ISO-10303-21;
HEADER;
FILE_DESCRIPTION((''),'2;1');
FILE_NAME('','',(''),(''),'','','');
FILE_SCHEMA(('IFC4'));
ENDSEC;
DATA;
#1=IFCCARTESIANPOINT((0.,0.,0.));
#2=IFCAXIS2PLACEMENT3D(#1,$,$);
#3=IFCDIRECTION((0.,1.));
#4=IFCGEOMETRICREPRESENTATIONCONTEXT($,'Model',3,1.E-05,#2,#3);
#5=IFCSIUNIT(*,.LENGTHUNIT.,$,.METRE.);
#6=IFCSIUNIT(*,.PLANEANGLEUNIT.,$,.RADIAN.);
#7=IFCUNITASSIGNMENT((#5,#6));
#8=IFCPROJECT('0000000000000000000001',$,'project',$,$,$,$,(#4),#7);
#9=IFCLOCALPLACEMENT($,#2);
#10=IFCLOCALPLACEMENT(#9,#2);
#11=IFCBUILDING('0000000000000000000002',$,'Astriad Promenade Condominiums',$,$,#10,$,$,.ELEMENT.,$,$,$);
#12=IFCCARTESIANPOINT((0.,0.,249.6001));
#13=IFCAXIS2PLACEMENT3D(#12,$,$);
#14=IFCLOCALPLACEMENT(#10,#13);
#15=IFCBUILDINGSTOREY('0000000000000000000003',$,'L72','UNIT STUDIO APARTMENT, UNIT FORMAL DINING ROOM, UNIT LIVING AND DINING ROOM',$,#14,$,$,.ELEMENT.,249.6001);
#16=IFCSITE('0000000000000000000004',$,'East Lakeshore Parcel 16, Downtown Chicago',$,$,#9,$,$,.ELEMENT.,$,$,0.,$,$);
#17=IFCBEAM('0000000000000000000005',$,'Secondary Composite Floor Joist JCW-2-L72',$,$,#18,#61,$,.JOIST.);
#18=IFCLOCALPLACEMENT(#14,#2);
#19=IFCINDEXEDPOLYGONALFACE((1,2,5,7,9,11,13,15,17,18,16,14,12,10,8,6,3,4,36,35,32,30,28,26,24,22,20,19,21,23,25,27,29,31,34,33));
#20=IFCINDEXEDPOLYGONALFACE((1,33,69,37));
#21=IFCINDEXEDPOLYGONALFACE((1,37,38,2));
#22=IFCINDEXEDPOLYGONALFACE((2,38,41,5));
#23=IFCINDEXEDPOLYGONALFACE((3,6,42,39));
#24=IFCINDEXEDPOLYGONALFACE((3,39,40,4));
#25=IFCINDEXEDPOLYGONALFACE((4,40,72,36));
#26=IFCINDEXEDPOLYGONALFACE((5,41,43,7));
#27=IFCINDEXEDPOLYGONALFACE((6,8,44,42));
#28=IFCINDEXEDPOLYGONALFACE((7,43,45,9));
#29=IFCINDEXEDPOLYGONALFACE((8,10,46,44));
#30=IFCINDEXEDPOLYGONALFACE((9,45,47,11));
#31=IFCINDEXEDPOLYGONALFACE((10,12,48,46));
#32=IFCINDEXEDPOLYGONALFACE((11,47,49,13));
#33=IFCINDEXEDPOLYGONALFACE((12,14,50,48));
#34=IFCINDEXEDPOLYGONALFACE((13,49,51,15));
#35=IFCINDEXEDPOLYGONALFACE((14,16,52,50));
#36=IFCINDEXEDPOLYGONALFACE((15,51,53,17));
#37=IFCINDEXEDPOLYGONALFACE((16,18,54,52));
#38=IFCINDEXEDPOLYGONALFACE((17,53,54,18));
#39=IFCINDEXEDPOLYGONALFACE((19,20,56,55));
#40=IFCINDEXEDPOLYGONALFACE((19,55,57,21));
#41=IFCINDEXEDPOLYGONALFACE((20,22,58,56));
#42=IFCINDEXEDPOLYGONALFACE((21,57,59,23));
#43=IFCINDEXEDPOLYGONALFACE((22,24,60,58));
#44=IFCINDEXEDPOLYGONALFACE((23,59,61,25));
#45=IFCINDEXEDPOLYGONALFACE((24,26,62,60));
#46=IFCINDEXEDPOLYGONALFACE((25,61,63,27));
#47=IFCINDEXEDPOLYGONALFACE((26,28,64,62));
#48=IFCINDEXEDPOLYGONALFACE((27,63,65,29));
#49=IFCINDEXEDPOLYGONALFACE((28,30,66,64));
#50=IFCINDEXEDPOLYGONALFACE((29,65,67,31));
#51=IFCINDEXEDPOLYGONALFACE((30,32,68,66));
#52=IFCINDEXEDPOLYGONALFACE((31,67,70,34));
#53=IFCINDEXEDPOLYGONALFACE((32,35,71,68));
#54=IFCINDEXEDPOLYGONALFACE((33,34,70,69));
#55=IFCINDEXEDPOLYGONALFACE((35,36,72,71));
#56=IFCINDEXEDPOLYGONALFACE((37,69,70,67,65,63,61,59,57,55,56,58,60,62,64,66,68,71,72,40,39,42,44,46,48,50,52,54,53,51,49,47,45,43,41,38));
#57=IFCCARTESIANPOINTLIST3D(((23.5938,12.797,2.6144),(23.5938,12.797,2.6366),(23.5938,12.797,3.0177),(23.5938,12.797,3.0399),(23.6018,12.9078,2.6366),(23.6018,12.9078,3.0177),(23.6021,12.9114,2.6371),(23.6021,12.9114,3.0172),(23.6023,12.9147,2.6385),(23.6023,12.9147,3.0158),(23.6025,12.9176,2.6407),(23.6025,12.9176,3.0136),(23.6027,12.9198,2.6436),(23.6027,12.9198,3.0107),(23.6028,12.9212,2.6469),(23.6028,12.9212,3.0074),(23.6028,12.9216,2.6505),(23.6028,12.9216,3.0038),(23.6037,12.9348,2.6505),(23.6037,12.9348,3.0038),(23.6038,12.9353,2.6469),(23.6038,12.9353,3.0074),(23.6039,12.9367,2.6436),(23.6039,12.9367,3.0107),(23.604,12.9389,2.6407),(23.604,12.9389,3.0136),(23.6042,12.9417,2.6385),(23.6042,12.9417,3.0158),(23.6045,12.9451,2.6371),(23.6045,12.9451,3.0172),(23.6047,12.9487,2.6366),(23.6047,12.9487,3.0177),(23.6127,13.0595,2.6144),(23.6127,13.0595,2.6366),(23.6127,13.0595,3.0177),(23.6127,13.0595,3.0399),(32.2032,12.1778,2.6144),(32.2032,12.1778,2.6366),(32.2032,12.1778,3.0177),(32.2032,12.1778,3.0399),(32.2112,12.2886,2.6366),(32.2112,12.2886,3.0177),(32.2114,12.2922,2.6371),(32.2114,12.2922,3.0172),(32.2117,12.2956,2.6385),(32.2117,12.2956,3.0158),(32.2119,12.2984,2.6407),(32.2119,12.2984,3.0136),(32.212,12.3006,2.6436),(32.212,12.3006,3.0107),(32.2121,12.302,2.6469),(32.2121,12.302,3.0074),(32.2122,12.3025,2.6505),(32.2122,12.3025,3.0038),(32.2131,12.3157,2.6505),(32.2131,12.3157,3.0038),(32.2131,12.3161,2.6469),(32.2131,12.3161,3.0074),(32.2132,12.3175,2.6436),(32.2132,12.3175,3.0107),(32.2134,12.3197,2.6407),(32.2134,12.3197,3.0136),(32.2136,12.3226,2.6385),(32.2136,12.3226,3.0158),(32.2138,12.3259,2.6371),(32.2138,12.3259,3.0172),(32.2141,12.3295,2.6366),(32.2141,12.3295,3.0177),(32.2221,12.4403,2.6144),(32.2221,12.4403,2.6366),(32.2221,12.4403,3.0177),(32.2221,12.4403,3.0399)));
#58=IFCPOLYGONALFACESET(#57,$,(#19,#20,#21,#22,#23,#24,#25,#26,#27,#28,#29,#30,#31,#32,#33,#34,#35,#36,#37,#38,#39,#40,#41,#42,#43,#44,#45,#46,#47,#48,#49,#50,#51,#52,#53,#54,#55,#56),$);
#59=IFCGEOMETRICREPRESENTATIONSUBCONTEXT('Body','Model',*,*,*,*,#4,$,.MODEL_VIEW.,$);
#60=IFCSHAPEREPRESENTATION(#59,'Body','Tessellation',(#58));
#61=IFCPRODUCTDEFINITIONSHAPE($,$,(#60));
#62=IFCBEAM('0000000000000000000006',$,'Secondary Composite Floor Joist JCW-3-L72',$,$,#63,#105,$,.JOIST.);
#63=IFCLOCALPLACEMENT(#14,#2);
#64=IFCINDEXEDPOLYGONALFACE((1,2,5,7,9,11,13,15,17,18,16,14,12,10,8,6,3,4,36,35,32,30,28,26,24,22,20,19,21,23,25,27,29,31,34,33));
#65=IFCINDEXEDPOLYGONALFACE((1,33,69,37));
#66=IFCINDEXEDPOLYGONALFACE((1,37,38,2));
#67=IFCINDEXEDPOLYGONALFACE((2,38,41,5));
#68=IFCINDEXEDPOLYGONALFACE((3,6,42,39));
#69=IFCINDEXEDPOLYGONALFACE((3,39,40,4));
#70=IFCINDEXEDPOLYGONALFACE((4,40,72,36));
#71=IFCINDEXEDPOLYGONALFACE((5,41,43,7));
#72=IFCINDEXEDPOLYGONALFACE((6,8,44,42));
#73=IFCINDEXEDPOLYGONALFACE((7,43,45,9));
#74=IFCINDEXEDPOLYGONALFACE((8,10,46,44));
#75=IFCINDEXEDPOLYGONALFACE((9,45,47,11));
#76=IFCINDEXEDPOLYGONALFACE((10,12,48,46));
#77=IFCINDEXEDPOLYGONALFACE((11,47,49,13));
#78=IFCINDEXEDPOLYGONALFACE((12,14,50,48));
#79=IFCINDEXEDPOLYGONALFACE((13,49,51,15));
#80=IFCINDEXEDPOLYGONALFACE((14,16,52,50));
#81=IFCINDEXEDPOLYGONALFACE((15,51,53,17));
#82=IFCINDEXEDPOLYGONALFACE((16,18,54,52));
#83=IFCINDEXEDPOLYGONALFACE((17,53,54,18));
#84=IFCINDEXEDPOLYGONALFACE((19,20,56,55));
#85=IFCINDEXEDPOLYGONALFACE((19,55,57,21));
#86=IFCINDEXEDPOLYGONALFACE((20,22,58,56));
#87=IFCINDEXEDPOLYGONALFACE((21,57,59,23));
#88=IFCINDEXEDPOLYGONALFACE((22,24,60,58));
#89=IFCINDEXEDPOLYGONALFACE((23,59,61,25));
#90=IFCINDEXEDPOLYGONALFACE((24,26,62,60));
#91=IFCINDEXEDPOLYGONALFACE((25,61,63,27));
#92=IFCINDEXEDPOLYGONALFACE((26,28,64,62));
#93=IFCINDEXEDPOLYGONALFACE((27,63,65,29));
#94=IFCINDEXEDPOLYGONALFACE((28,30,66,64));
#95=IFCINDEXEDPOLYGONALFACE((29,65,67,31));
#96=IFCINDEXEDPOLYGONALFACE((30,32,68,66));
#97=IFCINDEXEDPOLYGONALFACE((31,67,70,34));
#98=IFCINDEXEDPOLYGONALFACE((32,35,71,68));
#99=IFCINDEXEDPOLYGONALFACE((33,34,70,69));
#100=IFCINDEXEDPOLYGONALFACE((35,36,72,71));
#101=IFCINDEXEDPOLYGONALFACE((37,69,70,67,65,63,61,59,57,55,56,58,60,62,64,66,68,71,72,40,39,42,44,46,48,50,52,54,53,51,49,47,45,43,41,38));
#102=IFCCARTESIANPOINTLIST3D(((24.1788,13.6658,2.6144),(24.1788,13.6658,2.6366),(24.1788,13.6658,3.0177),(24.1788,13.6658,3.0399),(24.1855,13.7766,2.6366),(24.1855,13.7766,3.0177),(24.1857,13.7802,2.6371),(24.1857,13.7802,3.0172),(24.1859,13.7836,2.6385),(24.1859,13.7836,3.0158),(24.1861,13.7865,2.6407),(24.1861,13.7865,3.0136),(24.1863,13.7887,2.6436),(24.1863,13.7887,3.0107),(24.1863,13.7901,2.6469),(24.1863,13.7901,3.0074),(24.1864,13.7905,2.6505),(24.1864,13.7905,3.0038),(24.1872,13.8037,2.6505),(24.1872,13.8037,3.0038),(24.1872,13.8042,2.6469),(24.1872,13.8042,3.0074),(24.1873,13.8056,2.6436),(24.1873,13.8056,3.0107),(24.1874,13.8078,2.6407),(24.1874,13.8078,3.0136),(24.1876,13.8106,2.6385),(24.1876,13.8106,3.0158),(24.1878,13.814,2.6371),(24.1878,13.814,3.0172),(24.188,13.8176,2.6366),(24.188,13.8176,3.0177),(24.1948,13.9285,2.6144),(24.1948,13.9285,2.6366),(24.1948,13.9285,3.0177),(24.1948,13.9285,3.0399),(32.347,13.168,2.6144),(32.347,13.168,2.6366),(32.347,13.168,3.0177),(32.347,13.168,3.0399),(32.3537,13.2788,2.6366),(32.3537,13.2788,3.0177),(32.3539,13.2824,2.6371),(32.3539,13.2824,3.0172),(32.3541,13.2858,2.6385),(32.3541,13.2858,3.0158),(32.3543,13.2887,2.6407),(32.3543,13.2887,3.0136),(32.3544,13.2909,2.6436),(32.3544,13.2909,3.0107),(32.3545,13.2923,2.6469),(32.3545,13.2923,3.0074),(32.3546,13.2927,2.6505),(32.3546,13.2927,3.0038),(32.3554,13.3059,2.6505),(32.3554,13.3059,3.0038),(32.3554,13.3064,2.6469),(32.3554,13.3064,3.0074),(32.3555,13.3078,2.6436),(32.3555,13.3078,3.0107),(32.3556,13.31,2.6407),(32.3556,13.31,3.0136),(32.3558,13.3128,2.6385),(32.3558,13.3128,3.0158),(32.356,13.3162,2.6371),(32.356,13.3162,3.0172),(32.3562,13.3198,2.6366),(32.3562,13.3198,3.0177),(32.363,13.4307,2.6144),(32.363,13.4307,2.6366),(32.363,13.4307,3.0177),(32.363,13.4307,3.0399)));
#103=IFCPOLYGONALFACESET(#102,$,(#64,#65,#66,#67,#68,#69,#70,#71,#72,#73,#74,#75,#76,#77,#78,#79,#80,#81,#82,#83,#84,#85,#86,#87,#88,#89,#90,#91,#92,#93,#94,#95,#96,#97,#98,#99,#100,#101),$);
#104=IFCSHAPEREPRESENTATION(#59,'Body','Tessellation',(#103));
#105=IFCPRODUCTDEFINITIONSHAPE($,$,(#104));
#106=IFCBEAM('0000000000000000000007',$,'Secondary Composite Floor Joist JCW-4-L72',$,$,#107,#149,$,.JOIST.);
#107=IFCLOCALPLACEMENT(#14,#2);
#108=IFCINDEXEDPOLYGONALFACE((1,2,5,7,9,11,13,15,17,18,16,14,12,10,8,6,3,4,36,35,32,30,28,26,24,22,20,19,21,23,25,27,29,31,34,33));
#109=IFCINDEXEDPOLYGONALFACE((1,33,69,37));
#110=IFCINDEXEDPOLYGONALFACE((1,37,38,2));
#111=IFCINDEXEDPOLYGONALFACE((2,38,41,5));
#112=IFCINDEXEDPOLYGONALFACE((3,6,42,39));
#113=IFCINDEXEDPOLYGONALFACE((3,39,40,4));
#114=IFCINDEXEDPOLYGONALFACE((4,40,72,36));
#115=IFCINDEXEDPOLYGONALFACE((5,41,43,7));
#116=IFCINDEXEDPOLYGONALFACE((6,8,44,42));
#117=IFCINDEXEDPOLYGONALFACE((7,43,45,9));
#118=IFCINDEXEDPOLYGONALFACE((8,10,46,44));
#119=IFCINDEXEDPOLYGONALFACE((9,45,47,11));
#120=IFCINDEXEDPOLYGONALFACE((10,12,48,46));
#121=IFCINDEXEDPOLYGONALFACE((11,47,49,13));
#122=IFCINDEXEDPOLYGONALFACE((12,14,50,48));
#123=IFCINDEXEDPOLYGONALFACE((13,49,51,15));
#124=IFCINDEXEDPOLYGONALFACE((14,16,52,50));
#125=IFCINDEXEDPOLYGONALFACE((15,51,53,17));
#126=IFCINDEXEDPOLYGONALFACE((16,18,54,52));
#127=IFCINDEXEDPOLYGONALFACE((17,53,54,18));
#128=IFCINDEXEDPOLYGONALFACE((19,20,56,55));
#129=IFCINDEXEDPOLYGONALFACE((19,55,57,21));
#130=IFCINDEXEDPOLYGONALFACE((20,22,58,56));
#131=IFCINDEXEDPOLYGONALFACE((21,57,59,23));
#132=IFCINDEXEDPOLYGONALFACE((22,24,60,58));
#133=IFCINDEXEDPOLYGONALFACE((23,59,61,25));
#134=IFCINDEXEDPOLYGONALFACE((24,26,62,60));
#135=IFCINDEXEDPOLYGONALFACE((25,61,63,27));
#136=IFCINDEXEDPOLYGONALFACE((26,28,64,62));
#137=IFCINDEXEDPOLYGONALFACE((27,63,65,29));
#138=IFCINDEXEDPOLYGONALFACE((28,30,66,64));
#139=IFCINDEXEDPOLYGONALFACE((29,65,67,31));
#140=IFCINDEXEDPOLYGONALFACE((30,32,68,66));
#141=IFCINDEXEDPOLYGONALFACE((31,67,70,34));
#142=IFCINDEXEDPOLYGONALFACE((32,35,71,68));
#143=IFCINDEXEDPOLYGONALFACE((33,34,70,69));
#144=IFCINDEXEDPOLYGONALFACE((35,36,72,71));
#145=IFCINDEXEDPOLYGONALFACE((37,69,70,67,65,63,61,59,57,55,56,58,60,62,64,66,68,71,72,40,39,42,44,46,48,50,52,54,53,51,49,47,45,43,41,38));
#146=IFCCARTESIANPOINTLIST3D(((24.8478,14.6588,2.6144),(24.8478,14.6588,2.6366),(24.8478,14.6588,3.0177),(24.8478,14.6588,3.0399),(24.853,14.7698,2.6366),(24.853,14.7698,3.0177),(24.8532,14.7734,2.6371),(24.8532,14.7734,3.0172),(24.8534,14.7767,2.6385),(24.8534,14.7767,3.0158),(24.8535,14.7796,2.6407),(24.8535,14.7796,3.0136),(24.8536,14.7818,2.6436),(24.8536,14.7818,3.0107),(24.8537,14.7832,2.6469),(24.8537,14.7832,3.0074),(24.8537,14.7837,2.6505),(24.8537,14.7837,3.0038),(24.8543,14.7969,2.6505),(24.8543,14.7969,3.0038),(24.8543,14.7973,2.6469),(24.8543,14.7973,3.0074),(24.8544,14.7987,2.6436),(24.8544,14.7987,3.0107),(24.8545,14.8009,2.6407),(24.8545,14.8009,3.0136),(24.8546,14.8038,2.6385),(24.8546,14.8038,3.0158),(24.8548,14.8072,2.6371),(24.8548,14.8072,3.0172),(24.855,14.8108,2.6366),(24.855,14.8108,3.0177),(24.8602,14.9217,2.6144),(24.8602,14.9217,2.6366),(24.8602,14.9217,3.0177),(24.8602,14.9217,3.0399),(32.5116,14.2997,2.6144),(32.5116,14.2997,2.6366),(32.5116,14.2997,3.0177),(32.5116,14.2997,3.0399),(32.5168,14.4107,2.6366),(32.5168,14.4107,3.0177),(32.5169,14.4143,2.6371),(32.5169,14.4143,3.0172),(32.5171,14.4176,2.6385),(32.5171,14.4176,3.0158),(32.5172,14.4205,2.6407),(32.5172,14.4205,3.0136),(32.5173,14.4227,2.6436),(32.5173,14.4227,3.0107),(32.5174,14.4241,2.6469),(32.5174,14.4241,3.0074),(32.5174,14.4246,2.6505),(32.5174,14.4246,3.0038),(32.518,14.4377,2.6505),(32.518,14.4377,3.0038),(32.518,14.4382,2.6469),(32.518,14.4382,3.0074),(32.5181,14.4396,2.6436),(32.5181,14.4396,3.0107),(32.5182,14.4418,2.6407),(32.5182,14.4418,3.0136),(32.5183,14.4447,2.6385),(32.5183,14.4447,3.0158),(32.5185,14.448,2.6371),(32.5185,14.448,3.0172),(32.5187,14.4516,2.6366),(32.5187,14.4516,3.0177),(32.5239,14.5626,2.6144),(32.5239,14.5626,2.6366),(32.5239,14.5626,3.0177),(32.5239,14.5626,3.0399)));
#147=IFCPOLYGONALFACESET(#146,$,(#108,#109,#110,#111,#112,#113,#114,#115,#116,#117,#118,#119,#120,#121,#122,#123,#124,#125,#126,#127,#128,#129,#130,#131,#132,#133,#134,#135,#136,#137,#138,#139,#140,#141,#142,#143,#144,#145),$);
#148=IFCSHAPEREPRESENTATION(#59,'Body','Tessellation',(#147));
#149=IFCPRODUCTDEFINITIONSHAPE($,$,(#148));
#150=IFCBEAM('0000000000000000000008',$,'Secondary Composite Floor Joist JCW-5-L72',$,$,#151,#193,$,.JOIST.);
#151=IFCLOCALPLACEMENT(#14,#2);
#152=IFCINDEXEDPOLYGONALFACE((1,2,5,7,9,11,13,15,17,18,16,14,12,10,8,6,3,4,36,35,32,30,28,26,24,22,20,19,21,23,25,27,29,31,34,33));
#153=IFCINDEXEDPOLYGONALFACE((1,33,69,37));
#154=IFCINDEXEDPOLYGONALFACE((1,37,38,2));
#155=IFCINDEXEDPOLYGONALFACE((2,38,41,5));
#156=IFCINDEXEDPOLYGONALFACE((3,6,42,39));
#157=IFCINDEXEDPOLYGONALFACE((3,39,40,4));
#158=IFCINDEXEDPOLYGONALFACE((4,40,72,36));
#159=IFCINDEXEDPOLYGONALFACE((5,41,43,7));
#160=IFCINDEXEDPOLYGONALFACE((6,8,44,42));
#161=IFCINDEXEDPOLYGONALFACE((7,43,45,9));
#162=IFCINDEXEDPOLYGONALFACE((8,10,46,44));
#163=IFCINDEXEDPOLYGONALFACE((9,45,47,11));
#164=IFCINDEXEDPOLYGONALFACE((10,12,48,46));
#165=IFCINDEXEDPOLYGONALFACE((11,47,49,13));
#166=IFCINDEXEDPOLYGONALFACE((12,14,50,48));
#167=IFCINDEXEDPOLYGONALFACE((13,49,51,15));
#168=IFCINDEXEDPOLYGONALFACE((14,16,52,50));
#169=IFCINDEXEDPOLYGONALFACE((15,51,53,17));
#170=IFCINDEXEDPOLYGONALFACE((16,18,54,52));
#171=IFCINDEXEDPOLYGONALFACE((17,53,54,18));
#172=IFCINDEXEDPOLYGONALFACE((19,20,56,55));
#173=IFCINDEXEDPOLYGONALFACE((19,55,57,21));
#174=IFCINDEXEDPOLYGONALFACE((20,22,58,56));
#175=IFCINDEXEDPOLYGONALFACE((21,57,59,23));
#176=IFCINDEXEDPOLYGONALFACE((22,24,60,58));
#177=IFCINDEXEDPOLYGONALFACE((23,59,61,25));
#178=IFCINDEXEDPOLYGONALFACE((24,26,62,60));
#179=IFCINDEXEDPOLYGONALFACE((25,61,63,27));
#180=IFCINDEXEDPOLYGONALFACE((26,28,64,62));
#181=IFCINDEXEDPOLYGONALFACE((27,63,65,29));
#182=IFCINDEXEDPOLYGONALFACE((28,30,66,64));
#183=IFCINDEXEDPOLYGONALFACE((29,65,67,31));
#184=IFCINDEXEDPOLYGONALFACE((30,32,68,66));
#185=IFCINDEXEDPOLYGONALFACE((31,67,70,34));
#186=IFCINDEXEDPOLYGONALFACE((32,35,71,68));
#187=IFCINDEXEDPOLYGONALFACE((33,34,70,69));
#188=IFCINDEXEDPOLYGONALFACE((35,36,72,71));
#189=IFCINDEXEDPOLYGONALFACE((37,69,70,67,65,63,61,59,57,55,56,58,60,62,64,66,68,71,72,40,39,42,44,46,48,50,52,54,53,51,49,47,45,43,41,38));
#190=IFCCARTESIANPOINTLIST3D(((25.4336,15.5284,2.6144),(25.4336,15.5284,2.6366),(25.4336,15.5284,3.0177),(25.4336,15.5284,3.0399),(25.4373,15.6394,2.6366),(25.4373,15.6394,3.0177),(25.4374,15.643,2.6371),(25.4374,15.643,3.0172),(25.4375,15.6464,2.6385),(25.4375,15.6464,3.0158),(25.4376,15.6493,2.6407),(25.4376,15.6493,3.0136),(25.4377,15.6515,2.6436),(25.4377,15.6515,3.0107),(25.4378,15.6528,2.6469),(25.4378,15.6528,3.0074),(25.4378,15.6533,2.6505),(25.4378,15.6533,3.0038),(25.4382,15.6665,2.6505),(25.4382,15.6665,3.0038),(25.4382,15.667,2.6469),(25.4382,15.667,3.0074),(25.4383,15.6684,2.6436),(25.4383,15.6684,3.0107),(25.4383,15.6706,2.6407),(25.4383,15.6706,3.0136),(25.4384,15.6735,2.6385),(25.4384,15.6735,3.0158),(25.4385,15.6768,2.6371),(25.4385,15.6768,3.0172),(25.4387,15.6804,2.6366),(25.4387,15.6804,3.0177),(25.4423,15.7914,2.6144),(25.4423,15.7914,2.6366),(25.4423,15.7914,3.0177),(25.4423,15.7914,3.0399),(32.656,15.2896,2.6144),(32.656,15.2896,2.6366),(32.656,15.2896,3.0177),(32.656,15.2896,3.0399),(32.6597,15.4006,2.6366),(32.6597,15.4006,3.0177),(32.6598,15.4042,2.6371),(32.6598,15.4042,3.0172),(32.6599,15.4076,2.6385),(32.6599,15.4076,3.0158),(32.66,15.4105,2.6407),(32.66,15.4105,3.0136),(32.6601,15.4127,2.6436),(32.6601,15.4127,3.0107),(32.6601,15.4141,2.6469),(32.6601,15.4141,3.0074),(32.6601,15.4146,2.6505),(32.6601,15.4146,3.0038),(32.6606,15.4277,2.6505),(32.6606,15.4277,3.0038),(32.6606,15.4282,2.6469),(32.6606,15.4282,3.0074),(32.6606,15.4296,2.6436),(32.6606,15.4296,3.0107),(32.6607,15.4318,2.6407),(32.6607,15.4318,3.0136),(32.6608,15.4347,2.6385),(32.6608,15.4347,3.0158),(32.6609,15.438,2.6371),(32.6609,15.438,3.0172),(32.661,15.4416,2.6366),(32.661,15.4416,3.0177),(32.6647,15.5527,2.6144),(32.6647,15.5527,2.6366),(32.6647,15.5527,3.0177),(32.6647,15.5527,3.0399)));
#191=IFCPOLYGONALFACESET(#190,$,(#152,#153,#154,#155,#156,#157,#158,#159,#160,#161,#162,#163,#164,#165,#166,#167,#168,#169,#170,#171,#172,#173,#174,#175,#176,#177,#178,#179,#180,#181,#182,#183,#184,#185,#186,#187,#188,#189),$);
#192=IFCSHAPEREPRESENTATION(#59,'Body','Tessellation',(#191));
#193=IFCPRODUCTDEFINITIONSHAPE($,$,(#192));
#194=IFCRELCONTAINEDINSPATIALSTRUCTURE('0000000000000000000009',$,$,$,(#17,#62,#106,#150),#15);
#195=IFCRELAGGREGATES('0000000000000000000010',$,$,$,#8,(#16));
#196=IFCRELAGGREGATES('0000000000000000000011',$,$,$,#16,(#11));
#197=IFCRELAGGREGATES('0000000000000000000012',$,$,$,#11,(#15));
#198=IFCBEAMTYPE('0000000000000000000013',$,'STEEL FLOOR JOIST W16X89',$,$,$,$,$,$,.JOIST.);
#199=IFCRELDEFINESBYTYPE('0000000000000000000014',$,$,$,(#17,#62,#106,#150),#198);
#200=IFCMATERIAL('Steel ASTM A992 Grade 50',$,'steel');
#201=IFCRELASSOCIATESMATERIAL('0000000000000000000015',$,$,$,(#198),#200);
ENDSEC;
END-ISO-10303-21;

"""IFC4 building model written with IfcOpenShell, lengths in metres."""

from ifc_helpers import new_model, si_unit, direction, frame, origin, origin_2d, place, context, subcontext, project, spatial, i_section, extrude, source, transform, mapped, material, material_profile, profile_set, type_object, element, save


model = new_model("IFC4")

# Units and contexts
model_context = context("Model", 3, precision=1e-05, world=origin(), true_north=direction((0.0, 1.0)))
body_context = subcontext(model_context, "Body", "Model", "MODEL_VIEW")
ifc_project = project(units=[si_unit("LENGTHUNIT", "METRE"), si_unit("PLANEANGLEUNIT", "RADIAN")], contexts=[model_context])

# Site, building, storey
site_placement = place(None, origin())
site = spatial("IfcSite", under=ifc_project, at=site_placement, Name="East Lakeshore Parcel 16, Downtown Chicago", CompositionType="ELEMENT", RefElevation=0.0)
building_placement = place(site_placement, origin())
building = spatial("IfcBuilding", under=site, at=building_placement, Name="Astriad Promenade Condominiums", CompositionType="ELEMENT")
storey_placement = place(building_placement, frame((0.0, 0.0, 249.6001)))
storey = spatial("IfcBuildingStorey", under=building, at=storey_placement, Name="L72", Description="UNIT STUDIO APARTMENT, UNIT FORMAL DINING ROOM, UNIT LIVING AND DINING ROOM", CompositionType="ELEMENT", Elevation=249.6001)

# Beams
ifc_material_1 = material(Name="Steel ASTM A992 Grade 50", Category="steel")
ifc_material_profile_1 = material_profile(ifc_material_1, i_section(OverallWidth=0.2632, OverallDepth=0.4255, WebThickness=0.0132, FlangeThickness=0.0222, FilletRadius=0.0139, at=origin_2d()), Name="W16X89")
ifc_profile_set_1 = profile_set([ifc_material_profile_1], Name="Steel ASTM A992 Grade 50")
beam_type_1 = type_object("IfcBeamType", Name="STEEL FLOOR JOIST W16X89", PredefinedType="JOIST", material=ifc_profile_set_1)
shared_shape_1 = source(origin(), body_context, "Body", "SweptSolid", [
    extrude(i_section(OverallWidth=0.2632, OverallDepth=0.4255, WebThickness=0.0132, FlangeThickness=0.0222, FilletRadius=0.0139, at=origin_2d()), origin(), (0.0, 0.0, 1.0), 8.6316),
])
beam_1_placement = place(storey_placement, frame((23.6033, 12.9282, 2.8271), z_axis=(0.997424, -0.071729, 0.0), x_axis=(0.071729, 0.997424, 0.0)))
element("IfcBeam", 1, at=beam_1_placement, inside=storey, type_object=beam_type_1, Name="Secondary Composite Floor Joist JCW-2-L72", PredefinedType="JOIST", context=body_context, shape_type="MappedRepresentation", body=[
    mapped(shared_shape_1, transform((0.0, 0.0, 0.0), scale=1.0)),
])
shared_shape_2 = source(origin(), body_context, "Body", "SweptSolid", [
    extrude(i_section(OverallWidth=0.2632, OverallDepth=0.4255, WebThickness=0.0132, FlangeThickness=0.0222, FilletRadius=0.0139, at=origin_2d()), origin(), (0.0, 0.0, 1.0), 8.1833),
])
beam_2_placement = place(storey_placement, frame((24.1868, 13.7971, 2.8271), z_axis=(0.998148, -0.060831, 0.0), x_axis=(0.060831, 0.998148, 0.0)))
element("IfcBeam", 2, at=beam_2_placement, inside=storey, type_object=beam_type_1, Name="Secondary Composite Floor Joist JCW-3-L72", PredefinedType="JOIST", context=body_context, shape_type="MappedRepresentation", body=[
    mapped(shared_shape_2, transform((0.0, 0.0, 0.0), scale=1.0)),
])
shared_shape_3 = source(origin(), body_context, "Body", "SweptSolid", [
    extrude(i_section(OverallWidth=0.2632, OverallDepth=0.4255, WebThickness=0.0132, FlangeThickness=0.0222, FilletRadius=0.0139, at=origin_2d()), origin(), (0.0, 0.0, 1.0), 7.6721),
])
beam_3_placement = place(storey_placement, frame((24.854, 14.7903, 2.8271), z_axis=(0.998904, -0.046809, 0.0), x_axis=(0.046809, 0.998904, 0.0)))
element("IfcBeam", 3, at=beam_3_placement, inside=storey, type_object=beam_type_1, Name="Secondary Composite Floor Joist JCW-4-L72", PredefinedType="JOIST", context=body_context, shape_type="MappedRepresentation", body=[
    mapped(shared_shape_3, transform((0.0, 0.0, 0.0), scale=1.0)),
])
shared_shape_4 = source(origin(), body_context, "Body", "SweptSolid", [
    extrude(i_section(OverallWidth=0.2632, OverallDepth=0.4255, WebThickness=0.0132, FlangeThickness=0.0222, FilletRadius=0.0139, at=origin_2d()), origin(), (0.0, 0.0, 1.0), 7.2263),
])
beam_4_placement = place(storey_placement, frame((25.438, 15.6599, 2.8271), z_axis=(0.999454, -0.033041, 0.0), x_axis=(0.033041, 0.999454, 0.0)))
element("IfcBeam", 4, at=beam_4_placement, inside=storey, type_object=beam_type_1, Name="Secondary Composite Floor Joist JCW-5-L72", PredefinedType="JOIST", context=body_context, shape_type="MappedRepresentation", body=[
    mapped(shared_shape_4, transform((0.0, 0.0, 0.0), scale=1.0)),
])

save(model, "model.ifc")
